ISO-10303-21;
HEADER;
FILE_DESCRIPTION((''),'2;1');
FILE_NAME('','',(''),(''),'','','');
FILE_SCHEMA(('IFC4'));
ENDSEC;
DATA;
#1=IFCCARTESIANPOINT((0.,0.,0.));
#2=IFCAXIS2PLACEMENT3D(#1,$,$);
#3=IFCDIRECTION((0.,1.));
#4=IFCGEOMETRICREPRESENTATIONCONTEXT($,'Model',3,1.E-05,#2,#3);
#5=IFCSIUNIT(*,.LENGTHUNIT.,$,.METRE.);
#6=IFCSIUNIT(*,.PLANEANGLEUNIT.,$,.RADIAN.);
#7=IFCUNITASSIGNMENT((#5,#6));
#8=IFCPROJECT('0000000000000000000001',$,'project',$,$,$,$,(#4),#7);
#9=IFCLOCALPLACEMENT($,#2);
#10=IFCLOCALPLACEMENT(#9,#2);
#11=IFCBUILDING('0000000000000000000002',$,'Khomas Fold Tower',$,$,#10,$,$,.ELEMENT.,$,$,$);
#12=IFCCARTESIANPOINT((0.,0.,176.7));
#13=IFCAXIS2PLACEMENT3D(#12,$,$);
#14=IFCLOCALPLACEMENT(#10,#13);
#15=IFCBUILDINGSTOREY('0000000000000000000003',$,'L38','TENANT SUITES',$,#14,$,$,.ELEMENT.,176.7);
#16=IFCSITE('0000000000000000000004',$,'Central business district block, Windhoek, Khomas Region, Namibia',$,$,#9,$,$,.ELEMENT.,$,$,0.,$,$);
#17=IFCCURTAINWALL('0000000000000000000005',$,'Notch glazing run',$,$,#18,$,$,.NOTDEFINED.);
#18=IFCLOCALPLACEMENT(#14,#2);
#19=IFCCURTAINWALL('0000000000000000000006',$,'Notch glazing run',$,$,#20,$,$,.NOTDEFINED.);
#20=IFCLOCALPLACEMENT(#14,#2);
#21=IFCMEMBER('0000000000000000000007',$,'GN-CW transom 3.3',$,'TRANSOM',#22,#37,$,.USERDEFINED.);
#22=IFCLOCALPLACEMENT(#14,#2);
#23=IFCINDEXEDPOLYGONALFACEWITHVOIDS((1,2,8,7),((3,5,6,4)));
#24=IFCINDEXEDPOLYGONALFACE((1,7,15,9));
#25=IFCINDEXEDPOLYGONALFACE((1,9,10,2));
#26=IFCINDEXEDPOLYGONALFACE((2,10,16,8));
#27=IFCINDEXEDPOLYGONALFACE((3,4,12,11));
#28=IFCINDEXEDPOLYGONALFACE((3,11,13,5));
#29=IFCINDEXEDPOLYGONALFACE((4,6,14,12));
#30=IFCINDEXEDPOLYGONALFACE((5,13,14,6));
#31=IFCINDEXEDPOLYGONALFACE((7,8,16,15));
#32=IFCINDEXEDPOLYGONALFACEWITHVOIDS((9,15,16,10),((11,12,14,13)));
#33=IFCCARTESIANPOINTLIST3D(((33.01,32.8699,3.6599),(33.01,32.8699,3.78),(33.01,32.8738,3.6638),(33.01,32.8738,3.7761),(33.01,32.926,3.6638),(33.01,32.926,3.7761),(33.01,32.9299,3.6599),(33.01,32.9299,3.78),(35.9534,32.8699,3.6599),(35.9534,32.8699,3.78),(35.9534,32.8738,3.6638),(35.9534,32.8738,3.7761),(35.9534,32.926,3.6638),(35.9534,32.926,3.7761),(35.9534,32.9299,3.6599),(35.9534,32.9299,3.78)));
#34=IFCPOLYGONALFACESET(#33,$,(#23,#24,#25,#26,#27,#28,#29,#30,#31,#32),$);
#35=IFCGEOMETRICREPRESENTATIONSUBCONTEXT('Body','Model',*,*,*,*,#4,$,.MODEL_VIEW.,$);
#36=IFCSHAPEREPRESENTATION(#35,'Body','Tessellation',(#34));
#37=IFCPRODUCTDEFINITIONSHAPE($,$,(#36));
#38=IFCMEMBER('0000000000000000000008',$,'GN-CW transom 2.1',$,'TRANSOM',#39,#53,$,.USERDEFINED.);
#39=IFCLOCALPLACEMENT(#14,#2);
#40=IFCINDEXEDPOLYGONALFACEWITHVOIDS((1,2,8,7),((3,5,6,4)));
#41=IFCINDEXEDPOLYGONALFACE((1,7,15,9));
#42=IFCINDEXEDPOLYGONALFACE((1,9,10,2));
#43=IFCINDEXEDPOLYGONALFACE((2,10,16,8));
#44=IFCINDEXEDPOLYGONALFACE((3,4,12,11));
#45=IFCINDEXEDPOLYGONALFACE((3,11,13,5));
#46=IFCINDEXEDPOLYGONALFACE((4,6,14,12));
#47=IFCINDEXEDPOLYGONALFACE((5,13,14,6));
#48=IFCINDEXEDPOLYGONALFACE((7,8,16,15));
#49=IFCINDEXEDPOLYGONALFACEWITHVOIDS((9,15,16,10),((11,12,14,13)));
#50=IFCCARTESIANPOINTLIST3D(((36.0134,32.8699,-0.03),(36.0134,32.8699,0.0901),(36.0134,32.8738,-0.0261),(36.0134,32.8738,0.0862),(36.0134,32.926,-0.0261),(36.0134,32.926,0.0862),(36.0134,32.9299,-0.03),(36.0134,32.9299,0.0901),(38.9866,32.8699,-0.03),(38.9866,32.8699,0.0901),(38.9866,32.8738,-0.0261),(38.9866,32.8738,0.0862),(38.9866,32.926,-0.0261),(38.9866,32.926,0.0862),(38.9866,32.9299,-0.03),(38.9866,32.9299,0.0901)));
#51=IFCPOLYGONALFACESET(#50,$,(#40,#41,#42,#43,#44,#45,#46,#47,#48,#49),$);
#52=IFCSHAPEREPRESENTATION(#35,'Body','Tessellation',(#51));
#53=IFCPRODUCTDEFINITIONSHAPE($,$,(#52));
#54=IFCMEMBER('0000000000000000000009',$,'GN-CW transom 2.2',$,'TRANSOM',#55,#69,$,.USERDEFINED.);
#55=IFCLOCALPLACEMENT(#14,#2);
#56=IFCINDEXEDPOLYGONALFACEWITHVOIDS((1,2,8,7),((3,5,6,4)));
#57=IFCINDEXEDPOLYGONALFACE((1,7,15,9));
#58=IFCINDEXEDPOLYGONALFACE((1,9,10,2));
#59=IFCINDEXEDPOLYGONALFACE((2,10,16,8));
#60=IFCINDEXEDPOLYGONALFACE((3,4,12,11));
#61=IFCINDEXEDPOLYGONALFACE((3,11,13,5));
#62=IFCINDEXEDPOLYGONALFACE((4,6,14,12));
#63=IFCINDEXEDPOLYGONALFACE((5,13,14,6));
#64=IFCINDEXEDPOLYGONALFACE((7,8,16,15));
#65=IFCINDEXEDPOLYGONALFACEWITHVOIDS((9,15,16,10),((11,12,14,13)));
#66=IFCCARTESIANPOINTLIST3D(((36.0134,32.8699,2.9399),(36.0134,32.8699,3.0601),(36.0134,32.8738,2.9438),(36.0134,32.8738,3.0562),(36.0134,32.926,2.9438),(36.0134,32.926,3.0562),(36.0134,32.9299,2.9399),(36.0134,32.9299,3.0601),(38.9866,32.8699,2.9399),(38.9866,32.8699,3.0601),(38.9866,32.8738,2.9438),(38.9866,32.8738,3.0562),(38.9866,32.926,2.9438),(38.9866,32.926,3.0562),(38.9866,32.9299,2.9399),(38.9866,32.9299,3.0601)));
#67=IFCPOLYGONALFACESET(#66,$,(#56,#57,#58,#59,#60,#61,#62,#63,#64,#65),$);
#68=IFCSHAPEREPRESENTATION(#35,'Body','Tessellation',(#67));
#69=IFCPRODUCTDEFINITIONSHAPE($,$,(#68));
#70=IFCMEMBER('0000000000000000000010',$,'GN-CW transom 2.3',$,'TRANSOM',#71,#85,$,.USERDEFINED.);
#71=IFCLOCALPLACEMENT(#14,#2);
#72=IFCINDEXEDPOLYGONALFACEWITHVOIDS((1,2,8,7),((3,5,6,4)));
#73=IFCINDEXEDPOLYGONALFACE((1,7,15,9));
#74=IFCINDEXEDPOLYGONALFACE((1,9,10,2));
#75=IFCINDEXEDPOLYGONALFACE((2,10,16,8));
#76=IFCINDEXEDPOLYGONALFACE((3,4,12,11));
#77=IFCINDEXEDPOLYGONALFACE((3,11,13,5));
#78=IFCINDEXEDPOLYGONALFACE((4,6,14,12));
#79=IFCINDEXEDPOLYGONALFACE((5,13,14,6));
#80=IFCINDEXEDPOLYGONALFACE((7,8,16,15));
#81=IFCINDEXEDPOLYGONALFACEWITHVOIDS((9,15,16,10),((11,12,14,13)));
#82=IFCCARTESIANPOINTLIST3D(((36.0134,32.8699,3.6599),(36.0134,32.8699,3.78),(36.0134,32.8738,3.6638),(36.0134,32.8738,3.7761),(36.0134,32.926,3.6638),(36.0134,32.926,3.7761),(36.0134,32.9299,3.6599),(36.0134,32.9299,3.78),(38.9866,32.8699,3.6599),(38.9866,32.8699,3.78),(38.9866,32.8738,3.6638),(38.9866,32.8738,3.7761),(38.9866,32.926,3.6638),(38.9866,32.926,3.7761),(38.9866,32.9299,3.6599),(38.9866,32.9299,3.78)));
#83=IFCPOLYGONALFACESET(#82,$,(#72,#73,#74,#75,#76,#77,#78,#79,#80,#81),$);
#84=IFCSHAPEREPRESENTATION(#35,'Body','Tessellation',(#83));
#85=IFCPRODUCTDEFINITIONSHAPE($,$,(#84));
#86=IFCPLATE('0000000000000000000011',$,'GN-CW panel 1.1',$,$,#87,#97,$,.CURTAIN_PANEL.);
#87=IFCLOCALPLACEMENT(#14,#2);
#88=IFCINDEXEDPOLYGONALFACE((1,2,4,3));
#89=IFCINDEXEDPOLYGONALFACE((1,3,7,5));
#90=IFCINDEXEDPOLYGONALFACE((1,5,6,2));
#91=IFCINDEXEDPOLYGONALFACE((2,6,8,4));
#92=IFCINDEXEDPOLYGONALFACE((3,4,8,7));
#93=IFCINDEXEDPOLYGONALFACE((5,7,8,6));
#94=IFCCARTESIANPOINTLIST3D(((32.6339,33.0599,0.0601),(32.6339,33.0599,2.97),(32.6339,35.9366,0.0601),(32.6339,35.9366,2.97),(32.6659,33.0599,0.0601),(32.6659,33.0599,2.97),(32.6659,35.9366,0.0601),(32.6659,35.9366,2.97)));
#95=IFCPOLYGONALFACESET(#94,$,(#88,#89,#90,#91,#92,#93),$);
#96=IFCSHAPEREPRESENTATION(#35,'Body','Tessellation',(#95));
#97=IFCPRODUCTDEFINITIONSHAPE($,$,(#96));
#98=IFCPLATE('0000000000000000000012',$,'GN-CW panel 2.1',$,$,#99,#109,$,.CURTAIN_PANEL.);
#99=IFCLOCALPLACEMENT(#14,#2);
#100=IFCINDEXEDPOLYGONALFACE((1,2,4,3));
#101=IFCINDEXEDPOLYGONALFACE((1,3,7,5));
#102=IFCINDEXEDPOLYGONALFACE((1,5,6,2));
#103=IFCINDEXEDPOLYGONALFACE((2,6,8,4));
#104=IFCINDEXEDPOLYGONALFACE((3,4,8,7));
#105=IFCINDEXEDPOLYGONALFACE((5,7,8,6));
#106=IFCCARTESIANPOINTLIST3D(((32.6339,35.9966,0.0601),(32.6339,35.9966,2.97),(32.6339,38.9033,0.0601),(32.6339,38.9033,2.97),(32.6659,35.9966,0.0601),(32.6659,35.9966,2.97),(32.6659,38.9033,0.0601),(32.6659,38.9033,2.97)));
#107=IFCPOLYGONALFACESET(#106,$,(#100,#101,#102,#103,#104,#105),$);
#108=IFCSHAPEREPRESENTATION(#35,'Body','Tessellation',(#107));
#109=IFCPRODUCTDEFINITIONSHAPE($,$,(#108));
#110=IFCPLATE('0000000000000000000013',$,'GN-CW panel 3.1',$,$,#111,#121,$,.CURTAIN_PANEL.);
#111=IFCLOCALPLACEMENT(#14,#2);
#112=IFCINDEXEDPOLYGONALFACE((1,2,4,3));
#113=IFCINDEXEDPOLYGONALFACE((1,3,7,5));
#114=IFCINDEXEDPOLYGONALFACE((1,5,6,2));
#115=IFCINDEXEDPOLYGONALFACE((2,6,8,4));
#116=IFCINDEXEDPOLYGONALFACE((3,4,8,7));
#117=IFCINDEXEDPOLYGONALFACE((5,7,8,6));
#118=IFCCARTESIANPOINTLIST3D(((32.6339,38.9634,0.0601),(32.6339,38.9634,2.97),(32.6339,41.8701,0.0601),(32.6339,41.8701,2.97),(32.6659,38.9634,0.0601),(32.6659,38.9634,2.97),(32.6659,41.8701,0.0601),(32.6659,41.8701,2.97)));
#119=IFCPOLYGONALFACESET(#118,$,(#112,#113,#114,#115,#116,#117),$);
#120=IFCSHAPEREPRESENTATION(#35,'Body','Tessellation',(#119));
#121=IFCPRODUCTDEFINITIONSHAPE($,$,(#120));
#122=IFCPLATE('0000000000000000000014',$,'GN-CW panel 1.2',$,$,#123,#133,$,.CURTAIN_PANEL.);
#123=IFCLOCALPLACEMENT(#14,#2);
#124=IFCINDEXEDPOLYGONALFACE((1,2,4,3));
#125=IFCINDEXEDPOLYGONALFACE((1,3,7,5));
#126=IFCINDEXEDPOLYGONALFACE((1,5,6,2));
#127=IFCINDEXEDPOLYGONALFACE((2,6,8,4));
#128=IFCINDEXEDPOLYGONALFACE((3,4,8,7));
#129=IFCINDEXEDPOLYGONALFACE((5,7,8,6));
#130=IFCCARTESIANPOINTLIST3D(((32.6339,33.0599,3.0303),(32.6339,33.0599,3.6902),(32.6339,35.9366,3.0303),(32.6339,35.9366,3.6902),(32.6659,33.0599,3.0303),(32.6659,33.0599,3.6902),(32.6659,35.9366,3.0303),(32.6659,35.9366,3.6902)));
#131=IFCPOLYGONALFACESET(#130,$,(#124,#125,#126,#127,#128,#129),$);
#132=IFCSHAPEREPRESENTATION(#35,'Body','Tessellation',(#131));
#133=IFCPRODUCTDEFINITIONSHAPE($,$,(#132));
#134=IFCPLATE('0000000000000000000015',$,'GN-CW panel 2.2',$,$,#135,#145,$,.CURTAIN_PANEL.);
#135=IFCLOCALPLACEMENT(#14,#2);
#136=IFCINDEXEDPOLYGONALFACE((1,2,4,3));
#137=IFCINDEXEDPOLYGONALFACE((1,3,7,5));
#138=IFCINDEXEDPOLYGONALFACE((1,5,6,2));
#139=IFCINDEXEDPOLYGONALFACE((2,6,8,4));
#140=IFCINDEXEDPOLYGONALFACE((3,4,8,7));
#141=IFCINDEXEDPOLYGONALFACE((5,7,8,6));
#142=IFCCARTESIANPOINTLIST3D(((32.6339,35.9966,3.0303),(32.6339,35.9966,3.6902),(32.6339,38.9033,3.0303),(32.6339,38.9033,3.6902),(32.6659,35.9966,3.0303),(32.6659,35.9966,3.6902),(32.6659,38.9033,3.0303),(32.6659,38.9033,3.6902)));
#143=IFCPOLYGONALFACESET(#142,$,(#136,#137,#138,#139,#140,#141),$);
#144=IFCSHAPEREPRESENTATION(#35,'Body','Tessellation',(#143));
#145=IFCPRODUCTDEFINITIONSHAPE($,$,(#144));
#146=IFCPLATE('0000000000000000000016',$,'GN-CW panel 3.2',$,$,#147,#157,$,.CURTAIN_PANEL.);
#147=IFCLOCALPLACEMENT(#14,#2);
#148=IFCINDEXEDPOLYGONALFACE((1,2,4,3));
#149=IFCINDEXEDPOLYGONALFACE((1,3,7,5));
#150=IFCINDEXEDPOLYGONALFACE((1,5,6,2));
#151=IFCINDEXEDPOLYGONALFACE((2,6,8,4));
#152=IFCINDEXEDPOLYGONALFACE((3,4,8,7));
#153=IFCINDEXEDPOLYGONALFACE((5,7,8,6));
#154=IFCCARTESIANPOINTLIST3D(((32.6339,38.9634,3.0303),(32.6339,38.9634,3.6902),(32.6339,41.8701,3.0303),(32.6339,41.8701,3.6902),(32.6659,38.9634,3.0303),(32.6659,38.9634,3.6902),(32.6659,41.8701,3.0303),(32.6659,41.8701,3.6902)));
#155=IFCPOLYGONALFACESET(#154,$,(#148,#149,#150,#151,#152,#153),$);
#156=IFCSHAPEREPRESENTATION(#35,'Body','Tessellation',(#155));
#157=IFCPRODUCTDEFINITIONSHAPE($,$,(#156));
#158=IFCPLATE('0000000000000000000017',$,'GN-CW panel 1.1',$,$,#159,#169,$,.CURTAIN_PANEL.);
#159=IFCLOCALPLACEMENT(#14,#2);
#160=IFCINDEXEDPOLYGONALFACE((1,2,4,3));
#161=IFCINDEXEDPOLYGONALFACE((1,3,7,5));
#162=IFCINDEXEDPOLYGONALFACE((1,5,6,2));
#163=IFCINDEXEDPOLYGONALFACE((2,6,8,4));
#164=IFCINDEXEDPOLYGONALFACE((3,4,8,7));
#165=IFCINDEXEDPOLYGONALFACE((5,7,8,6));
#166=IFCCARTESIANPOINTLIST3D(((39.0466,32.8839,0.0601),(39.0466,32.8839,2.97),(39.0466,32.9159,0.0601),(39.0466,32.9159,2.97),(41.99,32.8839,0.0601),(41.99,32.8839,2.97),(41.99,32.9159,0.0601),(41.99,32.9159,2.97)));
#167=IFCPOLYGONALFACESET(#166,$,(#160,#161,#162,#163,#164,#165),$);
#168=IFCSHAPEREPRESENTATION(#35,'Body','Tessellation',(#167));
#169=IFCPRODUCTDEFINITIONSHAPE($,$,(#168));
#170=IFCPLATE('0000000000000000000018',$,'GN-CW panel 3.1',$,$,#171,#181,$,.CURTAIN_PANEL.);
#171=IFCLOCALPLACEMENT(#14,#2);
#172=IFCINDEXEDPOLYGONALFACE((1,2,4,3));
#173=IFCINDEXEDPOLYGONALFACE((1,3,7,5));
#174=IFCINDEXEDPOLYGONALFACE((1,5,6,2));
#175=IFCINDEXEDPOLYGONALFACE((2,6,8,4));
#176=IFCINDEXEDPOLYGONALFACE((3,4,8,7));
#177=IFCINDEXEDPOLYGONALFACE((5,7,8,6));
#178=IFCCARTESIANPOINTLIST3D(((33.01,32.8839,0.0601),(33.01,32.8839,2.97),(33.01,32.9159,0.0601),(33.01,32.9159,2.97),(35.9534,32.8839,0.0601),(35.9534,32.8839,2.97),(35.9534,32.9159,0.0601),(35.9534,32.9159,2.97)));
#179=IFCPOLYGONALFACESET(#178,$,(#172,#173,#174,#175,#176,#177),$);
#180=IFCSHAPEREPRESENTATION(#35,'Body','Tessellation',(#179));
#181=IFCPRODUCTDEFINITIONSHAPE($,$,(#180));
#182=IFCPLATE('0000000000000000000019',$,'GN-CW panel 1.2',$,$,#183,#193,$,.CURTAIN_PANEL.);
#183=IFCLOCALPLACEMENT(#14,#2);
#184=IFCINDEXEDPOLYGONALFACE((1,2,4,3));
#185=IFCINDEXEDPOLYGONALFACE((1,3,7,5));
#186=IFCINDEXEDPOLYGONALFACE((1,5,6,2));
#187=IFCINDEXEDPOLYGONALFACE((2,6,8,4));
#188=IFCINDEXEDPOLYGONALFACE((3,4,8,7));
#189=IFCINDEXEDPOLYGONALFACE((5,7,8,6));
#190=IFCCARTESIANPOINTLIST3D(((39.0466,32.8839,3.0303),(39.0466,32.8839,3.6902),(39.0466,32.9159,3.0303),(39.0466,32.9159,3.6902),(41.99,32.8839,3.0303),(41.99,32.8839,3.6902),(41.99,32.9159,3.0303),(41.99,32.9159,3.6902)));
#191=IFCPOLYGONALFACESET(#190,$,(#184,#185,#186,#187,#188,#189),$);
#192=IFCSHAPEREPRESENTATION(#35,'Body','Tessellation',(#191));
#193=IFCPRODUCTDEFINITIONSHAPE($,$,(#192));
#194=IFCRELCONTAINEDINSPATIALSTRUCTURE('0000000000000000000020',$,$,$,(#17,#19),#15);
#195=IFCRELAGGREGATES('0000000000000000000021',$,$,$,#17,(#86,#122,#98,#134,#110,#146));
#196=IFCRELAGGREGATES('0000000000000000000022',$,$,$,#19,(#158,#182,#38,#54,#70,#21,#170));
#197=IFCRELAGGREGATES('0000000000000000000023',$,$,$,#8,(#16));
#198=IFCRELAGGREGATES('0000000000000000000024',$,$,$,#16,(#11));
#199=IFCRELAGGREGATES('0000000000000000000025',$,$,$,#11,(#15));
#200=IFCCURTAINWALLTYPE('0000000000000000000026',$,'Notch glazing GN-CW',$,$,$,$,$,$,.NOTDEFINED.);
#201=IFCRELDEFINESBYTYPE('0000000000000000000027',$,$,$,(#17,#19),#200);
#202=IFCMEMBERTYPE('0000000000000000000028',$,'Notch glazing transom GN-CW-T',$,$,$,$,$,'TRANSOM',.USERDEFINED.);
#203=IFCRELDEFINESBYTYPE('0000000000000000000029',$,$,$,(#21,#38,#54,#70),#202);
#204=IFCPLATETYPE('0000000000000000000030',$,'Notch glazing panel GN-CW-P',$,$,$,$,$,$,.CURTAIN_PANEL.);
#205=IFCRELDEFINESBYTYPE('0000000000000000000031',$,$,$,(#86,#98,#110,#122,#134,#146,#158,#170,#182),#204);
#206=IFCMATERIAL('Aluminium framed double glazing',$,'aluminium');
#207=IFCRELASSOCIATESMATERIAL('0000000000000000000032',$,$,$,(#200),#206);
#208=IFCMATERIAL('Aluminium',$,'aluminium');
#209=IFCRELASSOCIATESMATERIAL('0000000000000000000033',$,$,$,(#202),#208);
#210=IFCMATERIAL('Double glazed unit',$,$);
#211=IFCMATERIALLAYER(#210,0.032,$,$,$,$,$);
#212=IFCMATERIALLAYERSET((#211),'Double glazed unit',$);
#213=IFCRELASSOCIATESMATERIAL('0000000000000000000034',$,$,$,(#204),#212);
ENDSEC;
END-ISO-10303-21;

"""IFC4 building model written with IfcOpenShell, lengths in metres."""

from ifc_helpers import new_model, si_unit, direction, frame, origin, origin_2d, place, context, subcontext, project, spatial, rectangle, hollow_rectangle, extrude, source, transform, mapped, material, layer, layer_set, material_profile, profile_set, type_object, element, aggregate, save


model = new_model("IFC4")

# Units and contexts
model_context = context("Model", 3, precision=1e-05, world=origin(), true_north=direction((0.0, 1.0)))
body_context = subcontext(model_context, "Body", "Model", "MODEL_VIEW")
ifc_project = project(units=[si_unit("LENGTHUNIT", "METRE"), si_unit("PLANEANGLEUNIT", "RADIAN")], contexts=[model_context])

# Site, building, storey
site_placement = place(None, origin())
site = spatial("IfcSite", under=ifc_project, at=site_placement, Name="Central business district block, Windhoek, Khomas Region, Namibia", CompositionType="ELEMENT", RefElevation=0.0)
building_placement = place(site_placement, origin())
building = spatial("IfcBuilding", under=site, at=building_placement, Name="Khomas Fold Tower", CompositionType="ELEMENT")
storey_placement = place(building_placement, frame((0.0, 0.0, 176.7)))
storey = spatial("IfcBuildingStorey", under=building, at=storey_placement, Name="L38", Description="TENANT SUITES", CompositionType="ELEMENT", Elevation=176.7)

# Curtain walls
ifc_material_1 = material(Name="Aluminium framed double glazing", Category="aluminium")
curtain_wall_type = type_object("IfcCurtainWallType", Name="Notch glazing GN-CW", PredefinedType="NOTDEFINED", material=ifc_material_1)
curtain_wall_1_placement = place(storey_placement, origin())
curtain_wall_1 = element("IfcCurtainWall", 1, at=curtain_wall_1_placement, inside=storey, type_object=curtain_wall_type, Name="Notch glazing run", PredefinedType="NOTDEFINED")
ifc_material_2 = material(Name="Aluminium", Category="aluminium")
ifc_material_profile_1 = material_profile(ifc_material_2, hollow_rectangle(XDim=0.0601, YDim=0.1201, WallThickness=0.0039, at=origin_2d()), Name="Notch glazing transom GN-CW-T")
ifc_profile_set_1 = profile_set([ifc_material_profile_1], Name="Aluminium")
member_type_1 = type_object("IfcMemberType", Name="Notch glazing transom GN-CW-T", ElementType="TRANSOM", PredefinedType="USERDEFINED", material=ifc_profile_set_1)
curtain_wall_2_placement = place(storey_placement, origin())
curtain_wall_2 = element("IfcCurtainWall", 2, at=curtain_wall_2_placement, inside=storey, type_object=curtain_wall_type, Name="Notch glazing run", PredefinedType="NOTDEFINED")

# Members
shared_shape_1 = source(origin(), body_context, "Body", "SweptSolid", [
    extrude(hollow_rectangle(XDim=0.0601, YDim=0.1201, WallThickness=0.0039, at=origin_2d()), origin(), (0.0, 0.0, 1.0), 2.9434),
])
member_1_placement = place(storey_placement, frame((35.9534, 32.8999, 3.72), z_axis=(-1.0, 0.0, 0.0), x_axis=(0.0, -1.0, 0.0)))
member_1 = element("IfcMember", 3, at=member_1_placement, type_object=member_type_1, Name="GN-CW transom 3.3", ObjectType="TRANSOM", PredefinedType="USERDEFINED", context=body_context, shape_type="MappedRepresentation", body=[
    mapped(shared_shape_1, transform((0.0, 0.0, 0.0))),
])
shared_shape_2 = source(origin(), body_context, "Body", "SweptSolid", [
    extrude(hollow_rectangle(XDim=0.0601, YDim=0.1201, WallThickness=0.0039, at=origin_2d()), origin(), (0.0, 0.0, 1.0), 2.9731),
])
member_2_placement = place(storey_placement, frame((38.9866, 32.8999, 0.03), z_axis=(-1.0, 0.0, 0.0), x_axis=(0.0, -1.0, 0.0)))
member_2 = element("IfcMember", 4, at=member_2_placement, type_object=member_type_1, Name="GN-CW transom 2.1", ObjectType="TRANSOM", PredefinedType="USERDEFINED", context=body_context, shape_type="MappedRepresentation", body=[
    mapped(shared_shape_2, transform((0.0, 0.0, 0.0))),
])
member_3_placement = place(storey_placement, frame((38.9866, 32.8999, 3.0), z_axis=(-1.0, 0.0, 0.0), x_axis=(0.0, -1.0, 0.0)))
member_3 = element("IfcMember", 5, at=member_3_placement, type_object=member_type_1, Name="GN-CW transom 2.2", ObjectType="TRANSOM", PredefinedType="USERDEFINED", context=body_context, shape_type="MappedRepresentation", body=[
    mapped(shared_shape_2, transform((0.0, 0.0, 0.0))),
])
member_4_placement = place(storey_placement, frame((38.9866, 32.8999, 3.72), z_axis=(-1.0, 0.0, 0.0), x_axis=(0.0, -1.0, 0.0)))
member_4 = element("IfcMember", 6, at=member_4_placement, type_object=member_type_1, Name="GN-CW transom 2.3", ObjectType="TRANSOM", PredefinedType="USERDEFINED", context=body_context, shape_type="MappedRepresentation", body=[
    mapped(shared_shape_2, transform((0.0, 0.0, 0.0))),
])

# Plates
ifc_material_3 = material(Name="Double glazed unit")
ifc_layer = layer(ifc_material_3, 0.032)
ifc_layer_set = layer_set([ifc_layer], Name="Double glazed unit")
plate_type = type_object("IfcPlateType", Name="Notch glazing panel GN-CW-P", PredefinedType="CURTAIN_PANEL", material=ifc_layer_set)
shared_shape_3 = source(origin(), body_context, "Body", "SweptSolid", [
    extrude(rectangle(XDim=2.8767, YDim=0.032, at=origin_2d()), origin(), (0.0, 0.0, 1.0), 2.9099),
])
plate_1_placement = place(storey_placement, frame((32.6499, 34.4983, 0.0601), z_axis=(0.0, 0.0, 1.0), x_axis=(0.0, 1.0, 0.0)))
plate_1 = element("IfcPlate", 7, at=plate_1_placement, type_object=plate_type, Name="GN-CW panel 1.1", PredefinedType="CURTAIN_PANEL", context=body_context, shape_type="MappedRepresentation", body=[
    mapped(shared_shape_3, transform((0.0, 0.0, 0.0))),
])
shared_shape_4 = source(origin(), body_context, "Body", "SweptSolid", [
    extrude(rectangle(XDim=2.9067, YDim=0.032, at=origin_2d()), origin(), (0.0, 0.0, 1.0), 2.9099),
])
plate_2_placement = place(storey_placement, frame((32.6499, 37.45, 0.0601), z_axis=(0.0, 0.0, 1.0), x_axis=(0.0, 1.0, 0.0)))
plate_2 = element("IfcPlate", 8, at=plate_2_placement, type_object=plate_type, Name="GN-CW panel 2.1", PredefinedType="CURTAIN_PANEL", context=body_context, shape_type="MappedRepresentation", body=[
    mapped(shared_shape_4, transform((0.0, 0.0, 0.0))),
])
plate_3_placement = place(storey_placement, frame((32.6499, 40.4167, 0.0601), z_axis=(0.0, 0.0, 1.0), x_axis=(0.0, 1.0, 0.0)))
plate_3 = element("IfcPlate", 9, at=plate_3_placement, type_object=plate_type, Name="GN-CW panel 3.1", PredefinedType="CURTAIN_PANEL", context=body_context, shape_type="MappedRepresentation", body=[
    mapped(shared_shape_4, transform((0.0, 0.0, 0.0))),
])
shared_shape_5 = source(origin(), body_context, "Body", "SweptSolid", [
    extrude(rectangle(XDim=2.8767, YDim=0.032, at=origin_2d()), origin(), (0.0, 0.0, 1.0), 0.6599),
])
plate_4_placement = place(storey_placement, frame((32.6499, 34.4983, 3.0303), z_axis=(0.0, 0.0, 1.0), x_axis=(0.0, 1.0, 0.0)))
plate_4 = element("IfcPlate", 10, at=plate_4_placement, type_object=plate_type, Name="GN-CW panel 1.2", PredefinedType="CURTAIN_PANEL", context=body_context, shape_type="MappedRepresentation", body=[
    mapped(shared_shape_5, transform((0.0, 0.0, 0.0))),
])
shared_shape_6 = source(origin(), body_context, "Body", "SweptSolid", [
    extrude(rectangle(XDim=2.9067, YDim=0.032, at=origin_2d()), origin(), (0.0, 0.0, 1.0), 0.6599),
])
plate_5_placement = place(storey_placement, frame((32.6499, 37.45, 3.0303), z_axis=(0.0, 0.0, 1.0), x_axis=(0.0, 1.0, 0.0)))
plate_5 = element("IfcPlate", 11, at=plate_5_placement, type_object=plate_type, Name="GN-CW panel 2.2", PredefinedType="CURTAIN_PANEL", context=body_context, shape_type="MappedRepresentation", body=[
    mapped(shared_shape_6, transform((0.0, 0.0, 0.0))),
])
plate_6_placement = place(storey_placement, frame((32.6499, 40.4167, 3.0303), z_axis=(0.0, 0.0, 1.0), x_axis=(0.0, 1.0, 0.0)))
plate_6 = element("IfcPlate", 12, at=plate_6_placement, type_object=plate_type, Name="GN-CW panel 3.2", PredefinedType="CURTAIN_PANEL", context=body_context, shape_type="MappedRepresentation", body=[
    mapped(shared_shape_6, transform((0.0, 0.0, 0.0))),
])
aggregate(curtain_wall_1, [plate_1, plate_4, plate_2, plate_5, plate_3, plate_6])
shared_shape_7 = source(origin(), body_context, "Body", "SweptSolid", [
    extrude(rectangle(XDim=2.9434, YDim=0.032, at=origin_2d()), origin(), (0.0, 0.0, 1.0), 2.9099),
])
plate_7_placement = place(storey_placement, frame((40.5183, 32.8999, 0.0601), z_axis=(0.0, 0.0, 1.0), x_axis=(-1.0, 0.0, 0.0)))
plate_7 = element("IfcPlate", 13, at=plate_7_placement, type_object=plate_type, Name="GN-CW panel 1.1", PredefinedType="CURTAIN_PANEL", context=body_context, shape_type="MappedRepresentation", body=[
    mapped(shared_shape_7, transform((0.0, 0.0, 0.0))),
])
plate_8_placement = place(storey_placement, frame((34.4817, 32.8999, 0.0601), z_axis=(0.0, 0.0, 1.0), x_axis=(-1.0, 0.0, 0.0)))
plate_8 = element("IfcPlate", 14, at=plate_8_placement, type_object=plate_type, Name="GN-CW panel 3.1", PredefinedType="CURTAIN_PANEL", context=body_context, shape_type="MappedRepresentation", body=[
    mapped(shared_shape_7, transform((0.0, 0.0, 0.0))),
])
shared_shape_8 = source(origin(), body_context, "Body", "SweptSolid", [
    extrude(rectangle(XDim=2.9434, YDim=0.032, at=origin_2d()), origin(), (0.0, 0.0, 1.0), 0.6599),
])
plate_9_placement = place(storey_placement, frame((40.5183, 32.8999, 3.0303), z_axis=(0.0, 0.0, 1.0), x_axis=(-1.0, 0.0, 0.0)))
plate_9 = element("IfcPlate", 15, at=plate_9_placement, type_object=plate_type, Name="GN-CW panel 1.2", PredefinedType="CURTAIN_PANEL", context=body_context, shape_type="MappedRepresentation", body=[
    mapped(shared_shape_8, transform((0.0, 0.0, 0.0))),
])
aggregate(curtain_wall_2, [plate_7, plate_9, member_2, member_3, member_4, member_1, plate_8])

save(model, "model.ifc")
